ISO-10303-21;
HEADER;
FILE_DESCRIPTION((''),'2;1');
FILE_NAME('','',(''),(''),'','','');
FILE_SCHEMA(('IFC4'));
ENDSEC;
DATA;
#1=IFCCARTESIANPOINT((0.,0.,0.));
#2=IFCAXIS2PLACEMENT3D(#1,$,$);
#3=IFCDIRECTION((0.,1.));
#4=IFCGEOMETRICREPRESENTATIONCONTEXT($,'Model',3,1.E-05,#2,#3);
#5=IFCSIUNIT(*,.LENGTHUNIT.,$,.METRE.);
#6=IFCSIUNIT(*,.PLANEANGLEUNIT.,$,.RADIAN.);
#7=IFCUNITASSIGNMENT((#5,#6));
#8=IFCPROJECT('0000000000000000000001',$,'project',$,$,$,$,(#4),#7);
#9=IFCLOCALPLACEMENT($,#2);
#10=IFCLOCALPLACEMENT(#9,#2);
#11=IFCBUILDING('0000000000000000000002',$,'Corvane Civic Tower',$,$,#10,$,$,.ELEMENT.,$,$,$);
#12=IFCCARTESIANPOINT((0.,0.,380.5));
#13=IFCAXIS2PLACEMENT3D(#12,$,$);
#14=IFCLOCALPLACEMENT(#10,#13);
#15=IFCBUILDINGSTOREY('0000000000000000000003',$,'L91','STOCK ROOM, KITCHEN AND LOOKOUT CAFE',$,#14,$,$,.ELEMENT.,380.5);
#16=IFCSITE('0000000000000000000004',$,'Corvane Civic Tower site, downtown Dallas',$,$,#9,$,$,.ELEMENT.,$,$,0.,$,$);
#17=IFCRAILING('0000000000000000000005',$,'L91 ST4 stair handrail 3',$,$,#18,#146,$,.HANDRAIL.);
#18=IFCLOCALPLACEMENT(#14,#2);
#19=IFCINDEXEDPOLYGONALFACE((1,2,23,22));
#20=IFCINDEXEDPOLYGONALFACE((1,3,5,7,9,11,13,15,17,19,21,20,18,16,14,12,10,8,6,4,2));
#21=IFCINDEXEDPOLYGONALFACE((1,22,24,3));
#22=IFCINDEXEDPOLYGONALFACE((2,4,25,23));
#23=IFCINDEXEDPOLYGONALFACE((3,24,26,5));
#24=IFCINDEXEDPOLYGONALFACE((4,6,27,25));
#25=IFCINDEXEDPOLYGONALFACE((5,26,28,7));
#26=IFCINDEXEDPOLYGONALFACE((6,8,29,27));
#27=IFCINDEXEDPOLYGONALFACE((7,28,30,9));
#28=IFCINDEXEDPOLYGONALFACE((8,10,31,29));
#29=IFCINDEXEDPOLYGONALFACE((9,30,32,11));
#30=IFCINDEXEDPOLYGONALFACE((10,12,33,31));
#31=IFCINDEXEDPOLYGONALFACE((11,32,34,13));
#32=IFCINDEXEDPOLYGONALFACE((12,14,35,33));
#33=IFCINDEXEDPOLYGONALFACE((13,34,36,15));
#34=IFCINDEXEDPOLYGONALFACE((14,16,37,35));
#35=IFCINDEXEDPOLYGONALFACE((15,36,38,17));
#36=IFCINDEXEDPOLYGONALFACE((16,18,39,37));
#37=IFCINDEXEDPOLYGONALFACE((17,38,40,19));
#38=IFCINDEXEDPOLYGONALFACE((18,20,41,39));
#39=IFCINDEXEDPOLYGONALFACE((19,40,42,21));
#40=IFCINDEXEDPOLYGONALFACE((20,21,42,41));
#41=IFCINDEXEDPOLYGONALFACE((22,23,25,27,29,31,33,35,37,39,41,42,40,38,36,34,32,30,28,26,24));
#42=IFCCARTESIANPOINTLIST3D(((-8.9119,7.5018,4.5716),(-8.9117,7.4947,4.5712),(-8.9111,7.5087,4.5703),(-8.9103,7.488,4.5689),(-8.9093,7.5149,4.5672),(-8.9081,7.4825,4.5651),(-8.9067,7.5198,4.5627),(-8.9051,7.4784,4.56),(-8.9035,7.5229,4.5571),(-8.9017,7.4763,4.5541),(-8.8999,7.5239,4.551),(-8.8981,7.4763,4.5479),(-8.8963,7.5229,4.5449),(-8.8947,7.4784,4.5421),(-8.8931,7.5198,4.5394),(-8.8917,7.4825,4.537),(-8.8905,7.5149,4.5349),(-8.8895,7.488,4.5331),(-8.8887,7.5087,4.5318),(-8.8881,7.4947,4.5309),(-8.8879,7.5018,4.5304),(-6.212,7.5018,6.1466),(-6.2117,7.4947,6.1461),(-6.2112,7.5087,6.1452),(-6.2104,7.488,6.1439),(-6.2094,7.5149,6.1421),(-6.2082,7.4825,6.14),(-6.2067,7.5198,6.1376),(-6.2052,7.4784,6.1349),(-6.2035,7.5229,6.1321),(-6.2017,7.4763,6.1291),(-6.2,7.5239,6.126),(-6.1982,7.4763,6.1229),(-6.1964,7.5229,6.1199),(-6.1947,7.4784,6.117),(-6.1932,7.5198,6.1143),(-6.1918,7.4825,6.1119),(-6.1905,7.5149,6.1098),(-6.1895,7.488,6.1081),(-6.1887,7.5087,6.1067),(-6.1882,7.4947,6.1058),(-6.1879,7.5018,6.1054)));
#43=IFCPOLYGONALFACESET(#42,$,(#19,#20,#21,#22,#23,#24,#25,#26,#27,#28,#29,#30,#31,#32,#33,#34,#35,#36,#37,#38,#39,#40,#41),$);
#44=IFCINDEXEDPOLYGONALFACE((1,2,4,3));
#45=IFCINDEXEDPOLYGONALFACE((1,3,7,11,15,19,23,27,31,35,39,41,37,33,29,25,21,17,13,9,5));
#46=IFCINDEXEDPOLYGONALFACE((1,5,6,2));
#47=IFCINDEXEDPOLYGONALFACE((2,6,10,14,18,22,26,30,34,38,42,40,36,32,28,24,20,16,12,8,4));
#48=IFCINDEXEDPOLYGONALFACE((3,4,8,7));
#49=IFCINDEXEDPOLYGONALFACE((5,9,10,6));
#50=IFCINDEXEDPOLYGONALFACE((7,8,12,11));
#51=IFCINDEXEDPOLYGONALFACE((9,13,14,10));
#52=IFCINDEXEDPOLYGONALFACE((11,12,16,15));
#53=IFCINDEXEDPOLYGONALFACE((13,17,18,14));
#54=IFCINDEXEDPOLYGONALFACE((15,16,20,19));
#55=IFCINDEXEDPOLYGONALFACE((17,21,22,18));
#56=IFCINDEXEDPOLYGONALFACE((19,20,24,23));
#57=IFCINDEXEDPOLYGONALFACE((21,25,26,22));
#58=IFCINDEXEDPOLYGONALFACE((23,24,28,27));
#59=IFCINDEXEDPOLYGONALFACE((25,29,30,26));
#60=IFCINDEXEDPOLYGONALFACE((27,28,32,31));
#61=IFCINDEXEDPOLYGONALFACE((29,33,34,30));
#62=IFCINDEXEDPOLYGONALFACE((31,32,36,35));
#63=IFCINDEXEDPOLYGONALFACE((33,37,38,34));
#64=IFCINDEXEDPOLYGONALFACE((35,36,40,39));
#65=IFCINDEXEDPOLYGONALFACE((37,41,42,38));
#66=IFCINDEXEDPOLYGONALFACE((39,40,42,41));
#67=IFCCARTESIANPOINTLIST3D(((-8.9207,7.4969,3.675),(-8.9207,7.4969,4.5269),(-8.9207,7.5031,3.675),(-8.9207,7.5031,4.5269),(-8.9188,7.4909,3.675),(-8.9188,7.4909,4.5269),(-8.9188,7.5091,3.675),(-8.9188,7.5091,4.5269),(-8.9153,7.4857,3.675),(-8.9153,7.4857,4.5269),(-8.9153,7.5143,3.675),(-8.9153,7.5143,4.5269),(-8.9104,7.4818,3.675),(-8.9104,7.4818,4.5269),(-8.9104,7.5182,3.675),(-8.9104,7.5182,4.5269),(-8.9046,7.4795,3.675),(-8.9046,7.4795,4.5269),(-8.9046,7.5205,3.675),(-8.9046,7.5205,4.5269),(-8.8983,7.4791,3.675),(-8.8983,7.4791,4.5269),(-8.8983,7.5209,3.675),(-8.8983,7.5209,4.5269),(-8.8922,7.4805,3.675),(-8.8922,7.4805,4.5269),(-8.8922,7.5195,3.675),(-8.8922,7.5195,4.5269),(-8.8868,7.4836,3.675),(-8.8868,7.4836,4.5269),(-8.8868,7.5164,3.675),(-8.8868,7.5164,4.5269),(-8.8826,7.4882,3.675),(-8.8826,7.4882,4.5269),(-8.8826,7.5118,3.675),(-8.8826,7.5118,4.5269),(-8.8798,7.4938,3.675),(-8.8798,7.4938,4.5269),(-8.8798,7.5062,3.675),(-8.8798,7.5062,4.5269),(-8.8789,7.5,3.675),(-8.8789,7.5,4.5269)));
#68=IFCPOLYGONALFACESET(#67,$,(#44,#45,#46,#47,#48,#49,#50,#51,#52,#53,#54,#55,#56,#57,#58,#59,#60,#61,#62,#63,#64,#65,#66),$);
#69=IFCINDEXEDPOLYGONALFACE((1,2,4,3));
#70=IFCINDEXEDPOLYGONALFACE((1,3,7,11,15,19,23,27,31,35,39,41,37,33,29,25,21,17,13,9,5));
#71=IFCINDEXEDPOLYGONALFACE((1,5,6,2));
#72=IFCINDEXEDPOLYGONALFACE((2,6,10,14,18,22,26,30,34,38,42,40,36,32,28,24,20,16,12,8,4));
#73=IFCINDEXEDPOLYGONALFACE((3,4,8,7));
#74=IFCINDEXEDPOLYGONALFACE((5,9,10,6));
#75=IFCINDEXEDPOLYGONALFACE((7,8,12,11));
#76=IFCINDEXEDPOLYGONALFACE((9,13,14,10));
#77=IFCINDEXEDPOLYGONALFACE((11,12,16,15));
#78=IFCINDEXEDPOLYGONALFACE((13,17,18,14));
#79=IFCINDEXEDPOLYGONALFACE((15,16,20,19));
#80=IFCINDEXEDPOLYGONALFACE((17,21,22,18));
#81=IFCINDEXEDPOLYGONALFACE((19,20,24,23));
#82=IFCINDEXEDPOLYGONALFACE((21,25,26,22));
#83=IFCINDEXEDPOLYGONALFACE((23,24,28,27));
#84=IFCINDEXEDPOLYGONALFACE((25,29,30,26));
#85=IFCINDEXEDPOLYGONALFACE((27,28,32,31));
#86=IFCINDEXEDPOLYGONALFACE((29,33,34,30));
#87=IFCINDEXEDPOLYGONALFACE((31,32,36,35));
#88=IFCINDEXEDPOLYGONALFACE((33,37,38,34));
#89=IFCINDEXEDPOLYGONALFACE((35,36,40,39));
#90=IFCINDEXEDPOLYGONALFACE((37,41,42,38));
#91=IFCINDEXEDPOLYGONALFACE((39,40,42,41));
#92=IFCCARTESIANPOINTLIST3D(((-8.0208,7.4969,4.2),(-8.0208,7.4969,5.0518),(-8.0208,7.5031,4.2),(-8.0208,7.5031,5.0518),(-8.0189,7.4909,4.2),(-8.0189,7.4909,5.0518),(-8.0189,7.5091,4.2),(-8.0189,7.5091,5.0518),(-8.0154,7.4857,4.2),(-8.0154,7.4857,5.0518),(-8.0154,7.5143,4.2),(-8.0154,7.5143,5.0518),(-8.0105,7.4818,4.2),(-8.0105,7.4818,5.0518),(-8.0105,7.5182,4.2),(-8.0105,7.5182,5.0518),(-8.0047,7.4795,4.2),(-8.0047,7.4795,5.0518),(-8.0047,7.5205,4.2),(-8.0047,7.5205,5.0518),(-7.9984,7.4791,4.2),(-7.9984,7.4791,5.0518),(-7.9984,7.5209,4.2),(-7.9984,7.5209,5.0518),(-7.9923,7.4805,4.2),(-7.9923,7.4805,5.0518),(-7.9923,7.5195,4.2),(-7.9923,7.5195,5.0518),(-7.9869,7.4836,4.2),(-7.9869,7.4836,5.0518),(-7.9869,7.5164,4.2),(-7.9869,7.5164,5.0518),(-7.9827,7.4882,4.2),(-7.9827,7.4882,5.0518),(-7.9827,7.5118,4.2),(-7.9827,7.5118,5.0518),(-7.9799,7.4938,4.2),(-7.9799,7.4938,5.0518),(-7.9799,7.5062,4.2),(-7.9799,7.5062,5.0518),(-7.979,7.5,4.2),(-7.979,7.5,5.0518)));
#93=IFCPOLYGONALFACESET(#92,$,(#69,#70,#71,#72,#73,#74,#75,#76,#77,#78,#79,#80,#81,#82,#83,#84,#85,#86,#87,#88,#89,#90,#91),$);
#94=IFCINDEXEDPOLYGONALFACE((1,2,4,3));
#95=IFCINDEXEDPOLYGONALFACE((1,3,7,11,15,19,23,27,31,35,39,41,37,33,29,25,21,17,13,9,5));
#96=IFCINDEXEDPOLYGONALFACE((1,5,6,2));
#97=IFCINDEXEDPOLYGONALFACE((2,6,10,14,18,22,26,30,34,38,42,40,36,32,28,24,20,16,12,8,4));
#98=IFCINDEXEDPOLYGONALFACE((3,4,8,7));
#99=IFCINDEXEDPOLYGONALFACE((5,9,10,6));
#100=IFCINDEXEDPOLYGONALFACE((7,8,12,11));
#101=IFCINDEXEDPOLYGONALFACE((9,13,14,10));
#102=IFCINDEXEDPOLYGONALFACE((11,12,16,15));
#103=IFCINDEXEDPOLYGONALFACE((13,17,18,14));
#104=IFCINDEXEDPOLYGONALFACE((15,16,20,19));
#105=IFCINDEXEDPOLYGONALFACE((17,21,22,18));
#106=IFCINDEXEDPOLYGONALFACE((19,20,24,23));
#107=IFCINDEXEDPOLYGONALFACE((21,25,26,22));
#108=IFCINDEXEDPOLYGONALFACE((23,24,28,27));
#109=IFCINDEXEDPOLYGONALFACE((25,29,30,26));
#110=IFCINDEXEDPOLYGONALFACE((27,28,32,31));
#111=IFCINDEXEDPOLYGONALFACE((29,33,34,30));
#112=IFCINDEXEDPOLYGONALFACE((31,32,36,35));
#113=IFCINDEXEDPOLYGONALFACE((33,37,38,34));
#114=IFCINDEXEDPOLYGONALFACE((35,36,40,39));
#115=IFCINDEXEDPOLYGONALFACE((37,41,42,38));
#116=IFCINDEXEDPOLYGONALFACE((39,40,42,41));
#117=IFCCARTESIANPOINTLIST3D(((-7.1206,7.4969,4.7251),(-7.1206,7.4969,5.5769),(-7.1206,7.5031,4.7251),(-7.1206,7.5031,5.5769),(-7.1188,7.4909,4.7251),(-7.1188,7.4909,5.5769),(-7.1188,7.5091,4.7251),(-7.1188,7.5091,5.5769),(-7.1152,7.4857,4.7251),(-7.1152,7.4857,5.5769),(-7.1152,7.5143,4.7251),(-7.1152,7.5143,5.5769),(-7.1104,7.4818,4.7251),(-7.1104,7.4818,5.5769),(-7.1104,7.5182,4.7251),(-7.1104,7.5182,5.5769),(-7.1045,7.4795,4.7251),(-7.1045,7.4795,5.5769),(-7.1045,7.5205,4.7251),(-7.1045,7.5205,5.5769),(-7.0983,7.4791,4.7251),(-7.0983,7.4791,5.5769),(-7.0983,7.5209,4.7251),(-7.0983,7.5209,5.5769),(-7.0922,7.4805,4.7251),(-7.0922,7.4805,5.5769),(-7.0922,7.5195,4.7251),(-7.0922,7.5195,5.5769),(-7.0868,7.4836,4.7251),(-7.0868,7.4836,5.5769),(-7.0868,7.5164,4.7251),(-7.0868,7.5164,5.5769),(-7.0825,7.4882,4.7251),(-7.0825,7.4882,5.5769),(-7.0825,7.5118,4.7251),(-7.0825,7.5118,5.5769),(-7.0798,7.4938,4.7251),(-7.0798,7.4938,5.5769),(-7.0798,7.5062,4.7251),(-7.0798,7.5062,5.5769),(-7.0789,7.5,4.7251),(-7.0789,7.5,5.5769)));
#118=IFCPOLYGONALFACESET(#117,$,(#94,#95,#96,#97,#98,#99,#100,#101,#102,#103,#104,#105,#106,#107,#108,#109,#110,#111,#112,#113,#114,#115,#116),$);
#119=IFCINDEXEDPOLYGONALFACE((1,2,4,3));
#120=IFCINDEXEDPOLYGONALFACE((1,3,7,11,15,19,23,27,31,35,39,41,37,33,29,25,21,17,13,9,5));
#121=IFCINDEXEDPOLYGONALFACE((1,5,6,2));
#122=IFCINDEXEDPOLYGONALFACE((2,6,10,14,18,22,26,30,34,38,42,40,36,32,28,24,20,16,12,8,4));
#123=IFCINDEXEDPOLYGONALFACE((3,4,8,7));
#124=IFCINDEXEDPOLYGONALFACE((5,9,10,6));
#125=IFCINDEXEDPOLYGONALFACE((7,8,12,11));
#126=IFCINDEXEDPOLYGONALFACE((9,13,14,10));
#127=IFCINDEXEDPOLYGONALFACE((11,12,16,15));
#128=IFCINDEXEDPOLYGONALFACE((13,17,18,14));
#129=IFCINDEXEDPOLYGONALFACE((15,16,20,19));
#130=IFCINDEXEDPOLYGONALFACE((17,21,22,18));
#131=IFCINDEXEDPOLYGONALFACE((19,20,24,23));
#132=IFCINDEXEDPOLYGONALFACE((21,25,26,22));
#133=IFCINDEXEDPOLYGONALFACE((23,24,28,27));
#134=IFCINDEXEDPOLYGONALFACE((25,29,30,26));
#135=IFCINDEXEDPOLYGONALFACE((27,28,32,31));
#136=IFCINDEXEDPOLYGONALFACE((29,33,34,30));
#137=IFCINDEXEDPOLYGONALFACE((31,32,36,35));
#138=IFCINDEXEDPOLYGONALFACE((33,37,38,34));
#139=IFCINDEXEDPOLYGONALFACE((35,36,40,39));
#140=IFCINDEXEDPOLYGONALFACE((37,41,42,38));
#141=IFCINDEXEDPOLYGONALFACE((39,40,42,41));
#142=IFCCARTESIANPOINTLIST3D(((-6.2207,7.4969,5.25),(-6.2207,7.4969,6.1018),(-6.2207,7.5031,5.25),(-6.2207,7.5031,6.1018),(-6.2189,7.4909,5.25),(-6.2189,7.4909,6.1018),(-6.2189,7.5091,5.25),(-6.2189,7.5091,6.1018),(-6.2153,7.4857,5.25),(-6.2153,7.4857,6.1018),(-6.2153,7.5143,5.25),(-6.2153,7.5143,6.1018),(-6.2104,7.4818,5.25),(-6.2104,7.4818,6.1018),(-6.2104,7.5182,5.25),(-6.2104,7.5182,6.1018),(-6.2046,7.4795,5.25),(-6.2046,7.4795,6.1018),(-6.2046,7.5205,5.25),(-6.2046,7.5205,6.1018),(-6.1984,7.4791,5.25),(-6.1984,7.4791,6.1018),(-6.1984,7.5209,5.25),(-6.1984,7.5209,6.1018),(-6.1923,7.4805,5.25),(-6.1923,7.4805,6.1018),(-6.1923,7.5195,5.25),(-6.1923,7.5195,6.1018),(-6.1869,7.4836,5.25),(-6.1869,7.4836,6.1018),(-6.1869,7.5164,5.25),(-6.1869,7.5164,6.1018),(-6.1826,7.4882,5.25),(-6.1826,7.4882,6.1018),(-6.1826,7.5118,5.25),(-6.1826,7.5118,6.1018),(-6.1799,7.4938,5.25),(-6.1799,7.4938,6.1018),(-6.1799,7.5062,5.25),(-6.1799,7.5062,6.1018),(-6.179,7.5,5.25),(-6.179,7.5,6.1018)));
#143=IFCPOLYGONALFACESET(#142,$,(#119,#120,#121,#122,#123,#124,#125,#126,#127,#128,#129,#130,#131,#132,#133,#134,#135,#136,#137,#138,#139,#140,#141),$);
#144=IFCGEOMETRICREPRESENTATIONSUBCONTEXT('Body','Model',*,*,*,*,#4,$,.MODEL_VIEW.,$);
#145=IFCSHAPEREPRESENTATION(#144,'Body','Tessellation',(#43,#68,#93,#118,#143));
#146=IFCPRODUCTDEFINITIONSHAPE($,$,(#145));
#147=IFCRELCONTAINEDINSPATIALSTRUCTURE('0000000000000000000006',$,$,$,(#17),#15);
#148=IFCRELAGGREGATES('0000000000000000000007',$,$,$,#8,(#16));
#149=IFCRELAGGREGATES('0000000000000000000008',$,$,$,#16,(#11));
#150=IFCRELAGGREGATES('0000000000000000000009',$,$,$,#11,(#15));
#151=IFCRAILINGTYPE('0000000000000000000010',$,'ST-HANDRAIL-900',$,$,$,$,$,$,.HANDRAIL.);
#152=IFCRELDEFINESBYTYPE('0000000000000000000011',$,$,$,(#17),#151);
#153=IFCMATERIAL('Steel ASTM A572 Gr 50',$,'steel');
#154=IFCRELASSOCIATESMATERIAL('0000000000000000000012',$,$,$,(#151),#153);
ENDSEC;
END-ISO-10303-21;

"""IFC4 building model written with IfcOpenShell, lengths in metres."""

from ifc_helpers import new_model, si_unit, direction, frame, origin, origin_2d, place, context, subcontext, project, spatial, circle, extrude, material, type_object, element, save


model = new_model("IFC4")

# Units and contexts
model_context = context("Model", 3, precision=1e-05, world=origin(), true_north=direction((0.0, 1.0)))
body_context = subcontext(model_context, "Body", "Model", "MODEL_VIEW")
ifc_project = project(units=[si_unit("LENGTHUNIT", "METRE"), si_unit("PLANEANGLEUNIT", "RADIAN")], contexts=[model_context])

# Site, building, storey
site_placement = place(None, origin())
site = spatial("IfcSite", under=ifc_project, at=site_placement, Name="Corvane Civic Tower site, downtown Dallas", CompositionType="ELEMENT", RefElevation=0.0)
building_placement = place(site_placement, origin())
building = spatial("IfcBuilding", under=site, at=building_placement, Name="Corvane Civic Tower", CompositionType="ELEMENT")
storey_placement = place(building_placement, frame((0.0, 0.0, 380.5)))
storey = spatial("IfcBuildingStorey", under=building, at=storey_placement, Name="L91", Description="STOCK ROOM, KITCHEN AND LOOKOUT CAFE", CompositionType="ELEMENT", Elevation=380.5)

# Railing
ifc_material_1 = material(Name="Steel ASTM A572 Gr 50", Category="steel")
railing_type_1 = type_object("IfcRailingType", Name="ST-HANDRAIL-900", PredefinedType="HANDRAIL", material=ifc_material_1)
for number, where, name in (
    (1, (-8.8999, 7.5, 3.675), "L91 ST4 stair handrail 3"),
):
    element("IfcRailing", number, at=place(storey_placement, frame(where)), inside=storey, type_object=railing_type_1, Name=name, PredefinedType="HANDRAIL", context=body_context, shape_type="SweptSolid", body=[
        extrude(circle(Radius=0.0239, at=origin_2d()), frame((0.0, 0.0, 0.876), z_axis=(0.863782, 0.0, 0.503866), x_axis=(0.0, 1.0, 0.0)), (0.0, 0.0, 1.0), 3.1257),
        extrude(circle(Radius=0.021, at=origin_2d()), origin(), (0.0, 0.0, 1.0), 0.8518),
        extrude(circle(Radius=0.021, at=origin_2d()), frame((0.8999, 0.0, 0.5249)), (0.0, 0.0, 1.0), 0.8518),
        extrude(circle(Radius=0.021, at=origin_2d()), frame((1.8, 0.0, 1.05)), (0.0, 0.0, 1.0), 0.8518),
        extrude(circle(Radius=0.021, at=origin_2d()), frame((2.7, 0.0, 1.575)), (0.0, 0.0, 1.0), 0.8518),
    ])

save(model, "model.ifc")
